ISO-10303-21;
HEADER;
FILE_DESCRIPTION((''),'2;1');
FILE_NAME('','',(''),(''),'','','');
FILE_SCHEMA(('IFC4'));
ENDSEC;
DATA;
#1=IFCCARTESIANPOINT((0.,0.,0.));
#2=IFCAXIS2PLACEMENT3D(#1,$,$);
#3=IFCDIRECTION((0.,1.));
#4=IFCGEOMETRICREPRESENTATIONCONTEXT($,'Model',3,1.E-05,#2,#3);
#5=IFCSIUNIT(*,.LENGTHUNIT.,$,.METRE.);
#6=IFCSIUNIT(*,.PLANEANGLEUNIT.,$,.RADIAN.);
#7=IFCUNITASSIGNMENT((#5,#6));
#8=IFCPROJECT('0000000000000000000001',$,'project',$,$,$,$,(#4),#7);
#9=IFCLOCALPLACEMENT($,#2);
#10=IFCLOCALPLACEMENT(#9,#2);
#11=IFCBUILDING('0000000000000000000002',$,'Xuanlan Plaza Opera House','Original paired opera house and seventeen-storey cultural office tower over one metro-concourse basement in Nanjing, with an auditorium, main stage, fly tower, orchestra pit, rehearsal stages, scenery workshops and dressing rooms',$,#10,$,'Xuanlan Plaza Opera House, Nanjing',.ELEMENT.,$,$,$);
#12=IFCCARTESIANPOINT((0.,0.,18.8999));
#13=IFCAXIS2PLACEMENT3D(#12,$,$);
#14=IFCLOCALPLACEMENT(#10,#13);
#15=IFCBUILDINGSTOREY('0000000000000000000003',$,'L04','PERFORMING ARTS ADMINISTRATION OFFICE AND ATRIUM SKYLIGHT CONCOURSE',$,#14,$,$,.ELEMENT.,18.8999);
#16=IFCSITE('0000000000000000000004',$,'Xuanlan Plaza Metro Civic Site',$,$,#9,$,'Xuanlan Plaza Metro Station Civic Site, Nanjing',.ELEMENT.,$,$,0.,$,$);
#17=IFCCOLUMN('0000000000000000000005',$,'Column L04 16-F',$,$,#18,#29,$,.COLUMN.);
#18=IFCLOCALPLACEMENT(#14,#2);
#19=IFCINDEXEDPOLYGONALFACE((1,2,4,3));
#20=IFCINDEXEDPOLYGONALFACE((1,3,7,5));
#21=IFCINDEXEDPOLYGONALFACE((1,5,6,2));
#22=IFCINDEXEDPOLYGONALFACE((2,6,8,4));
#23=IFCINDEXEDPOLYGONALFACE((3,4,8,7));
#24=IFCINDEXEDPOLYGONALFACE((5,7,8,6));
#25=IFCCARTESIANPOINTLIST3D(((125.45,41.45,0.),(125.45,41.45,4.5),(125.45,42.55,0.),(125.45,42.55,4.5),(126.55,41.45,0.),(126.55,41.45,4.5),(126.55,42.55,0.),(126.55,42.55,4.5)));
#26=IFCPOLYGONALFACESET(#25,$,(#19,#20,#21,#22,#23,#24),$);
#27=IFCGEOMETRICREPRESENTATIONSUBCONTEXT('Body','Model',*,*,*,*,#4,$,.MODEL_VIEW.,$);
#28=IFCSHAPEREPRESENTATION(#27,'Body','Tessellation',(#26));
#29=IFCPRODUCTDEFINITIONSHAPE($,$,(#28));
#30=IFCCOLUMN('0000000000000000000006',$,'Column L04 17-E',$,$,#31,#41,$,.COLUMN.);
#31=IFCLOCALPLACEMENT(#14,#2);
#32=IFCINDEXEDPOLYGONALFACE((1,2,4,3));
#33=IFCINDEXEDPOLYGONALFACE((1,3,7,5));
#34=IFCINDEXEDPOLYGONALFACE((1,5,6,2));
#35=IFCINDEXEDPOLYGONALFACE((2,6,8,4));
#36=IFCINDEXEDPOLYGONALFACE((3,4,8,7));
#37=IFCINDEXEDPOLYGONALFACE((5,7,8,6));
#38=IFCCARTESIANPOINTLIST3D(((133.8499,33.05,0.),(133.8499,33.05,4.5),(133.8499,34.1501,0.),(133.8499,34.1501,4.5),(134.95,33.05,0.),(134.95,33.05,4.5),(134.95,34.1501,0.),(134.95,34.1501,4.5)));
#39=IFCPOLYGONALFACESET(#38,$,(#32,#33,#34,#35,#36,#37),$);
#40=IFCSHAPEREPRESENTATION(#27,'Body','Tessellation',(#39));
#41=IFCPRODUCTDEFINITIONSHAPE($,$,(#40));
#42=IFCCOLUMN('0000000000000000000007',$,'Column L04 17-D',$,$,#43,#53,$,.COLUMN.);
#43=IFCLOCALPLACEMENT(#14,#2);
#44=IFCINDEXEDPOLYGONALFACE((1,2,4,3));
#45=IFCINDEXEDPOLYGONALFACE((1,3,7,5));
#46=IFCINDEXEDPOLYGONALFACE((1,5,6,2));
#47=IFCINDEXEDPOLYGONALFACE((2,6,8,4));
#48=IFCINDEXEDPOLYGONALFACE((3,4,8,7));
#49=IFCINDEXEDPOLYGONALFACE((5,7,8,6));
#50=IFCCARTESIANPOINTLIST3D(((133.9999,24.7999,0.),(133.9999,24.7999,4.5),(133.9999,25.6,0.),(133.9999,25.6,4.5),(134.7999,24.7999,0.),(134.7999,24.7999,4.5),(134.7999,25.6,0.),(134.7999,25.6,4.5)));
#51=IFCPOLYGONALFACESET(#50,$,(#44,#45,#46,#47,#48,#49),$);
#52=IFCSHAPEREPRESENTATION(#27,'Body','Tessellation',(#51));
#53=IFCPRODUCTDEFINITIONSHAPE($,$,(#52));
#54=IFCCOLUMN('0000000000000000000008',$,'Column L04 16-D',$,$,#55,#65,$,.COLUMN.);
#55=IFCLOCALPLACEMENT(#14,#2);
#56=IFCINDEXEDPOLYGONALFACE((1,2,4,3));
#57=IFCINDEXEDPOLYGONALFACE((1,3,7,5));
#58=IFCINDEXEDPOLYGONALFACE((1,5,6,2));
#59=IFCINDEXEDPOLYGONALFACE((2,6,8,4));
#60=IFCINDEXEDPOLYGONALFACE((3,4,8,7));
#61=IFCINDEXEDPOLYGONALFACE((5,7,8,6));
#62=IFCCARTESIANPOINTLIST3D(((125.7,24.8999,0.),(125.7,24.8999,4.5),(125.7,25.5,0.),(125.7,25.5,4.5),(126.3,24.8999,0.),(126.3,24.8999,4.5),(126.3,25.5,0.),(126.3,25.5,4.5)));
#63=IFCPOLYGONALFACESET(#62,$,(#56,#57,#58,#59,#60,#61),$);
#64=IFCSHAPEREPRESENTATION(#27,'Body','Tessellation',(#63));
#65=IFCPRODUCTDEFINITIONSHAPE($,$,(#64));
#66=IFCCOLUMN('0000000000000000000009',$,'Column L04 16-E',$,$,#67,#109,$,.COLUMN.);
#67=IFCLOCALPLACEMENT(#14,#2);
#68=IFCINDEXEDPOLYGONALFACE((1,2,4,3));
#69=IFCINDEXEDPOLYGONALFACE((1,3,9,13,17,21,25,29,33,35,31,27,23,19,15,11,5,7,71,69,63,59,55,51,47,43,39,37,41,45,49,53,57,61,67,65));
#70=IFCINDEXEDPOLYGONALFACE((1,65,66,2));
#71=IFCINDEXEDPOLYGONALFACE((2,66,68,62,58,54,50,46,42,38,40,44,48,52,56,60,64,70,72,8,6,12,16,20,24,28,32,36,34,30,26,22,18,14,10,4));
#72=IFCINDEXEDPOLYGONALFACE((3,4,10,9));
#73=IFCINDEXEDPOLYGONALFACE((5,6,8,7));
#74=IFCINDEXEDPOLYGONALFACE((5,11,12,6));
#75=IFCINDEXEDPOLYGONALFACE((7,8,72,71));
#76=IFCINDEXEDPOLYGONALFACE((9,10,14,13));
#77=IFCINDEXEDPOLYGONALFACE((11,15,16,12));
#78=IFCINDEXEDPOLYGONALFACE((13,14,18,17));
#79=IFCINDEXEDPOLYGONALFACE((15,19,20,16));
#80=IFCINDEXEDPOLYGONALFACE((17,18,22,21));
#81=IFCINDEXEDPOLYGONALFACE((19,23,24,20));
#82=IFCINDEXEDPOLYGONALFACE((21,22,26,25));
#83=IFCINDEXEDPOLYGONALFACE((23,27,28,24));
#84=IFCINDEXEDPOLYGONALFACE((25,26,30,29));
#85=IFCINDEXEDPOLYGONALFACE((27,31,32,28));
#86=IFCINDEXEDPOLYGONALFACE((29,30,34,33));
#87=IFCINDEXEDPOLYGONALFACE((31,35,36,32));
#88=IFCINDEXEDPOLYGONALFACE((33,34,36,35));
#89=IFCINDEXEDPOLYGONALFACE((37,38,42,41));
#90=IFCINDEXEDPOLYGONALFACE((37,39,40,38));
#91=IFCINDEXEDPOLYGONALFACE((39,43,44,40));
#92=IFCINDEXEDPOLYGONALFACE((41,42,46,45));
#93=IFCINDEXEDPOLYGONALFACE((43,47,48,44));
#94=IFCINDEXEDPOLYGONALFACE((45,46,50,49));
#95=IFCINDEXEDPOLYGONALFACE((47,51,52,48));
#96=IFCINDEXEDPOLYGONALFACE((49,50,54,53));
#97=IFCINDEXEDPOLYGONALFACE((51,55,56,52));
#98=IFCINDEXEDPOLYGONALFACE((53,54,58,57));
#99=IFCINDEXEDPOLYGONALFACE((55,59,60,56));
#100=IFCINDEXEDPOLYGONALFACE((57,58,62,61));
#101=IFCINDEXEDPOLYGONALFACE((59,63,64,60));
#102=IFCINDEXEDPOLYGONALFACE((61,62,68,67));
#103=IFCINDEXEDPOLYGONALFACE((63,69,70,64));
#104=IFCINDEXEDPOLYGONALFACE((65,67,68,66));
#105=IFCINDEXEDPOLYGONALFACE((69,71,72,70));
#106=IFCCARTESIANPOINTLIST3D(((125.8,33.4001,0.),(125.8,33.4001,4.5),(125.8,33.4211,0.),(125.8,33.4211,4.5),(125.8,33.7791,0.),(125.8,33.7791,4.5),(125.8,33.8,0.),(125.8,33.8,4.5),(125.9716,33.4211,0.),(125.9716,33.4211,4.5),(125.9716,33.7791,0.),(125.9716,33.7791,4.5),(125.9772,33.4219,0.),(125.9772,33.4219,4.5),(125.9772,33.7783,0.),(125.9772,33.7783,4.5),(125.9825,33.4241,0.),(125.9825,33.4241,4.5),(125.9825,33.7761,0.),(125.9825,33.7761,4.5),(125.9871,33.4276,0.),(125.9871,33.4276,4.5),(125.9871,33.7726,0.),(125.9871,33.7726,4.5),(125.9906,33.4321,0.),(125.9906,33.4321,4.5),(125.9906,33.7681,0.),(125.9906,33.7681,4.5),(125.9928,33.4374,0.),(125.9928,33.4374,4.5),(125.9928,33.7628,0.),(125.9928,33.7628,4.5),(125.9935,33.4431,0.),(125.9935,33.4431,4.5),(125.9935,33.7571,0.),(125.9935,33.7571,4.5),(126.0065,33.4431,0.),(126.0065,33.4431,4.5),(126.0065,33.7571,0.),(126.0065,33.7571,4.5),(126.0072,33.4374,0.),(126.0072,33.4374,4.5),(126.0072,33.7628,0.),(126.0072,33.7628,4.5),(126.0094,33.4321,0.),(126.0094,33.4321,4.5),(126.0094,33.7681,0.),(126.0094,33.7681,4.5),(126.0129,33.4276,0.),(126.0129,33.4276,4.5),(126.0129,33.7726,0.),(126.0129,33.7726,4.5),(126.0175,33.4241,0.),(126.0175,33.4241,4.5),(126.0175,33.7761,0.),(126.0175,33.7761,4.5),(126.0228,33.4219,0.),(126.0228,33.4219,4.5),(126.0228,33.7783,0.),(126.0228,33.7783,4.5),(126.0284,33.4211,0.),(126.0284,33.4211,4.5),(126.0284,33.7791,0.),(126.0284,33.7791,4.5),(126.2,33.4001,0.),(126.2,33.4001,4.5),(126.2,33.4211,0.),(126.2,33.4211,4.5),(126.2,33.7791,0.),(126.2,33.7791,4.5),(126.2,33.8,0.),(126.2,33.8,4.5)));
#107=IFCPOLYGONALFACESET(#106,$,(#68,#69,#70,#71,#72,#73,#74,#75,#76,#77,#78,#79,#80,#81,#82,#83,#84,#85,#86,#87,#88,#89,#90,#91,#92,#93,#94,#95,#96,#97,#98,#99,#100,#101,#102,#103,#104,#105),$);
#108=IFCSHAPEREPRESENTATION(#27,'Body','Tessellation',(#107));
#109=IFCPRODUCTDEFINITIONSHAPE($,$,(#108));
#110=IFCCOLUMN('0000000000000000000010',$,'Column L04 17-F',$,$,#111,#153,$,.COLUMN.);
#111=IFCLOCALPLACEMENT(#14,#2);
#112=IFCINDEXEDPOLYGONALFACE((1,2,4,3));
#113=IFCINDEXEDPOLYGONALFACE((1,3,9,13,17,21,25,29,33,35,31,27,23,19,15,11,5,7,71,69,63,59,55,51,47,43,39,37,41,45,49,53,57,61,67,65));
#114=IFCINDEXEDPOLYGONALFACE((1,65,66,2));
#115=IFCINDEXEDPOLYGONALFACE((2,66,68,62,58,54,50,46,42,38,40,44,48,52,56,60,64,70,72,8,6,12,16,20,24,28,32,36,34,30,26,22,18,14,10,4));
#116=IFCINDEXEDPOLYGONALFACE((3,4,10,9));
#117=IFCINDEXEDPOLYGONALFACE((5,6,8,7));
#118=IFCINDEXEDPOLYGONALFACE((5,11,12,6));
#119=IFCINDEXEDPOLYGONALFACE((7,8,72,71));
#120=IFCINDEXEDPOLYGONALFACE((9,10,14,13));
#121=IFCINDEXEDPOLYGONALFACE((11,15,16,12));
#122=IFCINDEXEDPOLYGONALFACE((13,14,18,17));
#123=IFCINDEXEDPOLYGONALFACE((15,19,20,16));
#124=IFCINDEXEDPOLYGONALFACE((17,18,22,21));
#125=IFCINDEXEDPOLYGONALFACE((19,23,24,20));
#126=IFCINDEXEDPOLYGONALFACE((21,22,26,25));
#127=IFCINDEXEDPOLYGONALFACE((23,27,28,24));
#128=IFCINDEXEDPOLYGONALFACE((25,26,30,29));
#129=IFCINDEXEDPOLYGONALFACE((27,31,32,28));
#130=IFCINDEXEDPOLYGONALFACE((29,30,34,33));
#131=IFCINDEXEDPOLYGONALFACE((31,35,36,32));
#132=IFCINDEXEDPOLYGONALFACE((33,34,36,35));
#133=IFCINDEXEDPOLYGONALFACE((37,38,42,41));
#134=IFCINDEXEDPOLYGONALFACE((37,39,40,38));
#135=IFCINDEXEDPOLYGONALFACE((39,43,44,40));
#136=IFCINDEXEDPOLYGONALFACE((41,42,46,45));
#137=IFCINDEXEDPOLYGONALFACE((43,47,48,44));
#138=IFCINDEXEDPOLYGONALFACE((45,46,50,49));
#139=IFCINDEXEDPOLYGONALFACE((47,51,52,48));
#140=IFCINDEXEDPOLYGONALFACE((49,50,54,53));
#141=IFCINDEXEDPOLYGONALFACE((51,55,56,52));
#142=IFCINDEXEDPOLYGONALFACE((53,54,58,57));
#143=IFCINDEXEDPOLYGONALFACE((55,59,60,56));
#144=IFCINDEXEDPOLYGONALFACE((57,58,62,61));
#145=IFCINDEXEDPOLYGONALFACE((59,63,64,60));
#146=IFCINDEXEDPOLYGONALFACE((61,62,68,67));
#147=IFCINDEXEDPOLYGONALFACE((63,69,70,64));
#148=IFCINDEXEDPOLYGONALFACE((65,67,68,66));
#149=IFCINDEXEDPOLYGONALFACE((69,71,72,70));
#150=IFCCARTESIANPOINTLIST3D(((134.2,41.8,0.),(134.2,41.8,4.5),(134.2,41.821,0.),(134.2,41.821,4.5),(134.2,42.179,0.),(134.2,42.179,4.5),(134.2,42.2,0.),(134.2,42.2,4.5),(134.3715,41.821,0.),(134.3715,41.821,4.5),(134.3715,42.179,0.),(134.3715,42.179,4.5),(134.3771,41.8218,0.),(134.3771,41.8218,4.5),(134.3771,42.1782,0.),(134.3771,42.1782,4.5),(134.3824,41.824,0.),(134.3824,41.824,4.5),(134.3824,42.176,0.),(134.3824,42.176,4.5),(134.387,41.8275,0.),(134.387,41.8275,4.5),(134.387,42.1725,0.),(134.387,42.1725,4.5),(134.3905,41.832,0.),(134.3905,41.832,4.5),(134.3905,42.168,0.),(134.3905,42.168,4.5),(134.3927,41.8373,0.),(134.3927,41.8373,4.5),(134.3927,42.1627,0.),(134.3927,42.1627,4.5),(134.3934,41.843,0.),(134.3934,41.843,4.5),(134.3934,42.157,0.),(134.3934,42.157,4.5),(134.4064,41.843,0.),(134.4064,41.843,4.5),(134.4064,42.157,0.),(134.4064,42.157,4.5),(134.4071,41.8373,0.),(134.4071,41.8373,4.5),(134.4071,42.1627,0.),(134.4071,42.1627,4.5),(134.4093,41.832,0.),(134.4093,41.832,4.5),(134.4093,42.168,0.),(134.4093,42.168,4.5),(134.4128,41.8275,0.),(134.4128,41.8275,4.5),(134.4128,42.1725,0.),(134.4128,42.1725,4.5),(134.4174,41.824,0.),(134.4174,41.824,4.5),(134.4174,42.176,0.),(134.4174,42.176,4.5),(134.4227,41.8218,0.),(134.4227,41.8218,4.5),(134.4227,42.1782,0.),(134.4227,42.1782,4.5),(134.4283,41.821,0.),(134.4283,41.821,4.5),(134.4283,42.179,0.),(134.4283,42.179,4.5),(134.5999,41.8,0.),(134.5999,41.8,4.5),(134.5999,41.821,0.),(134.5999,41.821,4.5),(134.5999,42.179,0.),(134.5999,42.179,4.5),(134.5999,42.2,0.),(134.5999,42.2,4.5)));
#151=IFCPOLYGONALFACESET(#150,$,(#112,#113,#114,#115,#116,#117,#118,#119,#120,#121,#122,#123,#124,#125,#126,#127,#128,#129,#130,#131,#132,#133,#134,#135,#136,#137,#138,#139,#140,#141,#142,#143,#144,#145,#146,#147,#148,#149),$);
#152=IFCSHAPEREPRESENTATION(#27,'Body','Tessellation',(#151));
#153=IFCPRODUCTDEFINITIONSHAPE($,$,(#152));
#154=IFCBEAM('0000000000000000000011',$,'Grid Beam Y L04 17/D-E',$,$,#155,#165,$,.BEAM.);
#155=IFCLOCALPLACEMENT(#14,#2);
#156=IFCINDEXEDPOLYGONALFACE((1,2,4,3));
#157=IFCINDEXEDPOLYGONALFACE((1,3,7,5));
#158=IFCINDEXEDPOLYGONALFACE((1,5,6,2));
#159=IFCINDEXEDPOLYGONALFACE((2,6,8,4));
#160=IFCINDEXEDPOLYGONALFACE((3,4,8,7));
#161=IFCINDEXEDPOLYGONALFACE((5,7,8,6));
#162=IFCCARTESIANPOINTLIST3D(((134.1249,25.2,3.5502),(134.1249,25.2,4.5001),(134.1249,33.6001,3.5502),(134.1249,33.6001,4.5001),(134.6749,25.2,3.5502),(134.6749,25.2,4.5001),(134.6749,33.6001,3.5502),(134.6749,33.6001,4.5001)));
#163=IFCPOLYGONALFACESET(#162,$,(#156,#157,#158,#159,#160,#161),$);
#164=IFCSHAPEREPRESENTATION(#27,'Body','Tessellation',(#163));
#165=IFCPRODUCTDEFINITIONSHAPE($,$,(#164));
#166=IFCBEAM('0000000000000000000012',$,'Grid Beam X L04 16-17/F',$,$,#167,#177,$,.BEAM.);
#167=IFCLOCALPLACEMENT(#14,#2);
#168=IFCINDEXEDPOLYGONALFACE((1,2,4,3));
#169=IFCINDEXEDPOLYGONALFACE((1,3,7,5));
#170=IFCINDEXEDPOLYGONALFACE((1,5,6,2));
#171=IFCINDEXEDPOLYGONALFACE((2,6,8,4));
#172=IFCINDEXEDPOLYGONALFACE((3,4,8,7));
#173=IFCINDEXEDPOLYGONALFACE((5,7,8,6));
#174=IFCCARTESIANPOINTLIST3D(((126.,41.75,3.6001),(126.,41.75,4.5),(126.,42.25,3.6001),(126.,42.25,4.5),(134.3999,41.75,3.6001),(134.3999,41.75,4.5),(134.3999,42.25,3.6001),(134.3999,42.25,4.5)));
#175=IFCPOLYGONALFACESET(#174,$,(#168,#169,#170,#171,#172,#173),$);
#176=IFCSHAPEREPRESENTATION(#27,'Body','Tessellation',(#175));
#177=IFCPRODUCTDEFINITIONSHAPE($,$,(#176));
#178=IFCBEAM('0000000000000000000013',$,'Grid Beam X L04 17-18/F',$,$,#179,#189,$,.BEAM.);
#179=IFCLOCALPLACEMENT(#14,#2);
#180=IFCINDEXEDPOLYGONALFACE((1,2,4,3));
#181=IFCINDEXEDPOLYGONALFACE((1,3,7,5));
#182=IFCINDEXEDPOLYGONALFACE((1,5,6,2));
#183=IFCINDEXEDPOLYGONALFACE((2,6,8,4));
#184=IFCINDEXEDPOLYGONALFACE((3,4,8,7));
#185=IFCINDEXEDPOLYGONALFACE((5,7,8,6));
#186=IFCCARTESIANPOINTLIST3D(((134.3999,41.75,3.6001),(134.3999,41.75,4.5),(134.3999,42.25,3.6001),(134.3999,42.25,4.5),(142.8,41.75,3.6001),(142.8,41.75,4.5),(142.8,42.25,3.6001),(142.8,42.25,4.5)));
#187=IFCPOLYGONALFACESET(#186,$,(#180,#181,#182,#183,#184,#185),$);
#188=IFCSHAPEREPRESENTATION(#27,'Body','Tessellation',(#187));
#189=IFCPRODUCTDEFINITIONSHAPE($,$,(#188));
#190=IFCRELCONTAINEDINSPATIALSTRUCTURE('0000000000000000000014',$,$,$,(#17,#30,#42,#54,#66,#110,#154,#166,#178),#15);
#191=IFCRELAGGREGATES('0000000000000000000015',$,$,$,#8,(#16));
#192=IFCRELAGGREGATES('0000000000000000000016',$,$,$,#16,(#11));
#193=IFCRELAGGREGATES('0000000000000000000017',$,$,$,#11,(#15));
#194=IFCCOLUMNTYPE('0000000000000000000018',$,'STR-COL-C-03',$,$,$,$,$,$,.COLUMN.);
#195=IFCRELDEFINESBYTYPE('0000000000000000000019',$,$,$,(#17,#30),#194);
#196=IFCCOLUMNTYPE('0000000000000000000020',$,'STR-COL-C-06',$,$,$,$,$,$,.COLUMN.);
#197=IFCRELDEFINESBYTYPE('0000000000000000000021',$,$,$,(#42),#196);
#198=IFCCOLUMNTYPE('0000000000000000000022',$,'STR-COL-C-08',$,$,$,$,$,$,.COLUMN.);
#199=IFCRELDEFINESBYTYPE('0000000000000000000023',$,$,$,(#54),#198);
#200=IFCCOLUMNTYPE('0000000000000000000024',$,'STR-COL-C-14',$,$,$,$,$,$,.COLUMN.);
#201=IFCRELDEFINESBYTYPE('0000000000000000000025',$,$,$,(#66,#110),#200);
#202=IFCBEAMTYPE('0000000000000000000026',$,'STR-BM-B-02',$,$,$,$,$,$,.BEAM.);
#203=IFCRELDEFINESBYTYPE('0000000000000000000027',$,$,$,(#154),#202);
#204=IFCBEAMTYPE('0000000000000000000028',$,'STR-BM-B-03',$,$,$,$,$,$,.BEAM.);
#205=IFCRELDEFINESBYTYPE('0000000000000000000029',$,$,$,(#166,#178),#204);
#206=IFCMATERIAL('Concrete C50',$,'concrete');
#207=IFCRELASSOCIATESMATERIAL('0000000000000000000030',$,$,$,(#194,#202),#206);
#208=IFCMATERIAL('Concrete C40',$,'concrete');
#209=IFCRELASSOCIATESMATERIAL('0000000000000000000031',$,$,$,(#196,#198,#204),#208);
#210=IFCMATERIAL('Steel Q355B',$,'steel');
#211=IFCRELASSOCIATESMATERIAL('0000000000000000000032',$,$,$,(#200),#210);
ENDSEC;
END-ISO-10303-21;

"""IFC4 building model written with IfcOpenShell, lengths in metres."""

from ifc_helpers import new_model, si_unit, direction, frame, origin, origin_2d, place, context, subcontext, project, spatial, rectangle, i_section, extrude, material, material_profile, profile_set, type_object, element, save


model = new_model("IFC4")

# Units and contexts
model_context = context("Model", 3, precision=1e-05, world=origin(), true_north=direction((0.0, 1.0)))
body_context = subcontext(model_context, "Body", "Model", "MODEL_VIEW")
ifc_project = project(units=[si_unit("LENGTHUNIT", "METRE"), si_unit("PLANEANGLEUNIT", "RADIAN")], contexts=[model_context])

# Site, building, storey
site_placement = place(None, origin())
site = spatial("IfcSite", under=ifc_project, at=site_placement, Name="Xuanlan Plaza Metro Civic Site", LongName="Xuanlan Plaza Metro Station Civic Site, Nanjing", CompositionType="ELEMENT", RefElevation=0.0)
building_placement = place(site_placement, origin())
building = spatial("IfcBuilding", under=site, at=building_placement, Name="Xuanlan Plaza Opera House", Description="Original paired opera house and seventeen-storey cultural office tower over one metro-concourse basement in Nanjing, with an auditorium, main stage, fly tower, orchestra pit, rehearsal stages, scenery workshops and dressing rooms", LongName="Xuanlan Plaza Opera House, Nanjing", CompositionType="ELEMENT")
storey_placement = place(building_placement, frame((0.0, 0.0, 18.8999)))
storey = spatial("IfcBuildingStorey", under=building, at=storey_placement, Name="L04", Description="PERFORMING ARTS ADMINISTRATION OFFICE AND ATRIUM SKYLIGHT CONCOURSE", CompositionType="ELEMENT", Elevation=18.8999)

# Columns
ifc_material_1 = material(Name="Concrete C50", Category="concrete")
ifc_material_profile_1 = material_profile(ifc_material_1, rectangle(XDim=1.1001, YDim=1.1001, at=origin_2d()), Name="RC-COL 1100x1100")
ifc_profile_set_1 = profile_set([ifc_material_profile_1], Name="Concrete C50")
column_type_1 = type_object("IfcColumnType", Name="STR-COL-C-03", PredefinedType="COLUMN", material=ifc_profile_set_1)
for number, where, z_axis, x_axis, name in (
    (1, (126.0, 42.0, 0.0), (0.0, 0.0, 1.0), (1.0, 0.0, 0.0), "Column L04 16-F"),
    (2, (134.3999, 33.6001, 0.0), (0.0, 0.0, 1.0), (1.0, 0.0, 0.0), "Column L04 17-E"),
):
    element("IfcColumn", number, at=place(storey_placement, frame(where, z_axis=z_axis, x_axis=x_axis)), inside=storey, type_object=column_type_1, Name=name, PredefinedType="COLUMN", context=body_context, shape_type="SweptSolid", body=[
        extrude(rectangle(XDim=1.1001, YDim=1.1001, at=origin_2d()), origin(), (0.0, 0.0, 1.0), 4.5),
    ])
ifc_material_2 = material(Name="Concrete C40", Category="concrete")
ifc_material_profile_2 = material_profile(ifc_material_2, rectangle(XDim=0.8, YDim=0.8, at=origin_2d()), Name="RC-COL 800x800")
ifc_profile_set_2 = profile_set([ifc_material_profile_2], Name="Concrete C40")
column_type_2 = type_object("IfcColumnType", Name="STR-COL-C-06", PredefinedType="COLUMN", material=ifc_profile_set_2)
column_1_placement = place(storey_placement, frame((134.3999, 25.2, 0.0), z_axis=(0.0, 0.0, 1.0), x_axis=(1.0, 0.0, 0.0)))
element("IfcColumn", 3, at=column_1_placement, inside=storey, type_object=column_type_2, Name="Column L04 17-D", PredefinedType="COLUMN", context=body_context, shape_type="SweptSolid", body=[
    extrude(rectangle(XDim=0.8, YDim=0.8, at=origin_2d()), origin(), (0.0, 0.0, 1.0), 4.5),
])
ifc_material_profile_3 = material_profile(ifc_material_2, rectangle(XDim=0.6001, YDim=0.6001, at=origin_2d()), Name="RC-COL 600x600")
ifc_profile_set_3 = profile_set([ifc_material_profile_3], Name="Concrete C40")
column_type_3 = type_object("IfcColumnType", Name="STR-COL-C-08", PredefinedType="COLUMN", material=ifc_profile_set_3)
column_2_placement = place(storey_placement, frame((126.0, 25.2, 0.0), z_axis=(0.0, 0.0, 1.0), x_axis=(1.0, 0.0, 0.0)))
element("IfcColumn", 4, at=column_2_placement, inside=storey, type_object=column_type_3, Name="Column L04 16-D", PredefinedType="COLUMN", context=body_context, shape_type="SweptSolid", body=[
    extrude(rectangle(XDim=0.6001, YDim=0.6001, at=origin_2d()), origin(), (0.0, 0.0, 1.0), 4.5),
])
ifc_material_3 = material(Name="Steel Q355B", Category="steel")
ifc_material_profile_4 = material_profile(ifc_material_3, i_section(OverallWidth=0.3999, OverallDepth=0.3999, WebThickness=0.0129, FlangeThickness=0.021, FilletRadius=0.022, at=origin_2d()), Name="HW 400x400x13x21")
ifc_profile_set_4 = profile_set([ifc_material_profile_4], Name="Steel Q355B")
column_type_4 = type_object("IfcColumnType", Name="STR-COL-C-14", PredefinedType="COLUMN", material=ifc_profile_set_4)
for number, where, z_axis, x_axis, name in (
    (5, (126.0, 33.6001, 0.0), (0.0, 0.0, 1.0), (1.0, 0.0, 0.0), "Column L04 16-E"),
    (6, (134.3999, 42.0, 0.0), (0.0, 0.0, 1.0), (1.0, 0.0, 0.0), "Column L04 17-F"),
):
    element("IfcColumn", number, at=place(storey_placement, frame(where, z_axis=z_axis, x_axis=x_axis)), inside=storey, type_object=column_type_4, Name=name, PredefinedType="COLUMN", context=body_context, shape_type="SweptSolid", body=[
        extrude(i_section(OverallWidth=0.3999, OverallDepth=0.3999, WebThickness=0.0129, FlangeThickness=0.021, FilletRadius=0.022, at=origin_2d()), origin(), (0.0, 0.0, 1.0), 4.5),
    ])

# Beams
ifc_material_profile_5 = material_profile(ifc_material_1, rectangle(XDim=0.55, YDim=0.95, at=origin_2d()), Name="RC-BM 550x950")
ifc_profile_set_5 = profile_set([ifc_material_profile_5], Name="Concrete C50")
beam_type_1 = type_object("IfcBeamType", Name="STR-BM-B-02", PredefinedType="BEAM", material=ifc_profile_set_5)
beam_1_placement = place(storey_placement, frame((134.3999, 25.2, 4.0251), z_axis=(0.0, 1.0, 0.0), x_axis=(-1.0, 0.0, 0.0)))
element("IfcBeam", 7, at=beam_1_placement, inside=storey, type_object=beam_type_1, Name="Grid Beam Y L04 17/D-E", PredefinedType="BEAM", context=body_context, shape_type="SweptSolid", body=[
    extrude(rectangle(XDim=0.55, YDim=0.95, at=origin_2d()), origin(), (0.0, 0.0, 1.0), 8.4001),
])
ifc_material_profile_6 = material_profile(ifc_material_2, rectangle(XDim=0.5, YDim=0.8999, at=origin_2d()), Name="RC-BM 500x900")
ifc_profile_set_6 = profile_set([ifc_material_profile_6], Name="Concrete C40")
beam_type_2 = type_object("IfcBeamType", Name="STR-BM-B-03", PredefinedType="BEAM", material=ifc_profile_set_6)
beam_2_placement = place(storey_placement, frame((126.0, 42.0, 4.05), z_axis=(1.0, 0.0, 0.0), x_axis=(0.0, 1.0, 0.0)))
element("IfcBeam", 8, at=beam_2_placement, inside=storey, type_object=beam_type_2, Name="Grid Beam X L04 16-17/F", PredefinedType="BEAM", context=body_context, shape_type="SweptSolid", body=[
    extrude(rectangle(XDim=0.5, YDim=0.8999, at=origin_2d()), origin(), (0.0, 0.0, 1.0), 8.3999),
])
beam_3_placement = place(storey_placement, frame((134.3999, 42.0, 4.05), z_axis=(1.0, 0.0, 0.0), x_axis=(0.0, 1.0, 0.0)))
element("IfcBeam", 9, at=beam_3_placement, inside=storey, type_object=beam_type_2, Name="Grid Beam X L04 17-18/F", PredefinedType="BEAM", context=body_context, shape_type="SweptSolid", body=[
    extrude(rectangle(XDim=0.5, YDim=0.8999, at=origin_2d()), origin(), (0.0, 0.0, 1.0), 8.4001),
])

save(model, "model.ifc")
